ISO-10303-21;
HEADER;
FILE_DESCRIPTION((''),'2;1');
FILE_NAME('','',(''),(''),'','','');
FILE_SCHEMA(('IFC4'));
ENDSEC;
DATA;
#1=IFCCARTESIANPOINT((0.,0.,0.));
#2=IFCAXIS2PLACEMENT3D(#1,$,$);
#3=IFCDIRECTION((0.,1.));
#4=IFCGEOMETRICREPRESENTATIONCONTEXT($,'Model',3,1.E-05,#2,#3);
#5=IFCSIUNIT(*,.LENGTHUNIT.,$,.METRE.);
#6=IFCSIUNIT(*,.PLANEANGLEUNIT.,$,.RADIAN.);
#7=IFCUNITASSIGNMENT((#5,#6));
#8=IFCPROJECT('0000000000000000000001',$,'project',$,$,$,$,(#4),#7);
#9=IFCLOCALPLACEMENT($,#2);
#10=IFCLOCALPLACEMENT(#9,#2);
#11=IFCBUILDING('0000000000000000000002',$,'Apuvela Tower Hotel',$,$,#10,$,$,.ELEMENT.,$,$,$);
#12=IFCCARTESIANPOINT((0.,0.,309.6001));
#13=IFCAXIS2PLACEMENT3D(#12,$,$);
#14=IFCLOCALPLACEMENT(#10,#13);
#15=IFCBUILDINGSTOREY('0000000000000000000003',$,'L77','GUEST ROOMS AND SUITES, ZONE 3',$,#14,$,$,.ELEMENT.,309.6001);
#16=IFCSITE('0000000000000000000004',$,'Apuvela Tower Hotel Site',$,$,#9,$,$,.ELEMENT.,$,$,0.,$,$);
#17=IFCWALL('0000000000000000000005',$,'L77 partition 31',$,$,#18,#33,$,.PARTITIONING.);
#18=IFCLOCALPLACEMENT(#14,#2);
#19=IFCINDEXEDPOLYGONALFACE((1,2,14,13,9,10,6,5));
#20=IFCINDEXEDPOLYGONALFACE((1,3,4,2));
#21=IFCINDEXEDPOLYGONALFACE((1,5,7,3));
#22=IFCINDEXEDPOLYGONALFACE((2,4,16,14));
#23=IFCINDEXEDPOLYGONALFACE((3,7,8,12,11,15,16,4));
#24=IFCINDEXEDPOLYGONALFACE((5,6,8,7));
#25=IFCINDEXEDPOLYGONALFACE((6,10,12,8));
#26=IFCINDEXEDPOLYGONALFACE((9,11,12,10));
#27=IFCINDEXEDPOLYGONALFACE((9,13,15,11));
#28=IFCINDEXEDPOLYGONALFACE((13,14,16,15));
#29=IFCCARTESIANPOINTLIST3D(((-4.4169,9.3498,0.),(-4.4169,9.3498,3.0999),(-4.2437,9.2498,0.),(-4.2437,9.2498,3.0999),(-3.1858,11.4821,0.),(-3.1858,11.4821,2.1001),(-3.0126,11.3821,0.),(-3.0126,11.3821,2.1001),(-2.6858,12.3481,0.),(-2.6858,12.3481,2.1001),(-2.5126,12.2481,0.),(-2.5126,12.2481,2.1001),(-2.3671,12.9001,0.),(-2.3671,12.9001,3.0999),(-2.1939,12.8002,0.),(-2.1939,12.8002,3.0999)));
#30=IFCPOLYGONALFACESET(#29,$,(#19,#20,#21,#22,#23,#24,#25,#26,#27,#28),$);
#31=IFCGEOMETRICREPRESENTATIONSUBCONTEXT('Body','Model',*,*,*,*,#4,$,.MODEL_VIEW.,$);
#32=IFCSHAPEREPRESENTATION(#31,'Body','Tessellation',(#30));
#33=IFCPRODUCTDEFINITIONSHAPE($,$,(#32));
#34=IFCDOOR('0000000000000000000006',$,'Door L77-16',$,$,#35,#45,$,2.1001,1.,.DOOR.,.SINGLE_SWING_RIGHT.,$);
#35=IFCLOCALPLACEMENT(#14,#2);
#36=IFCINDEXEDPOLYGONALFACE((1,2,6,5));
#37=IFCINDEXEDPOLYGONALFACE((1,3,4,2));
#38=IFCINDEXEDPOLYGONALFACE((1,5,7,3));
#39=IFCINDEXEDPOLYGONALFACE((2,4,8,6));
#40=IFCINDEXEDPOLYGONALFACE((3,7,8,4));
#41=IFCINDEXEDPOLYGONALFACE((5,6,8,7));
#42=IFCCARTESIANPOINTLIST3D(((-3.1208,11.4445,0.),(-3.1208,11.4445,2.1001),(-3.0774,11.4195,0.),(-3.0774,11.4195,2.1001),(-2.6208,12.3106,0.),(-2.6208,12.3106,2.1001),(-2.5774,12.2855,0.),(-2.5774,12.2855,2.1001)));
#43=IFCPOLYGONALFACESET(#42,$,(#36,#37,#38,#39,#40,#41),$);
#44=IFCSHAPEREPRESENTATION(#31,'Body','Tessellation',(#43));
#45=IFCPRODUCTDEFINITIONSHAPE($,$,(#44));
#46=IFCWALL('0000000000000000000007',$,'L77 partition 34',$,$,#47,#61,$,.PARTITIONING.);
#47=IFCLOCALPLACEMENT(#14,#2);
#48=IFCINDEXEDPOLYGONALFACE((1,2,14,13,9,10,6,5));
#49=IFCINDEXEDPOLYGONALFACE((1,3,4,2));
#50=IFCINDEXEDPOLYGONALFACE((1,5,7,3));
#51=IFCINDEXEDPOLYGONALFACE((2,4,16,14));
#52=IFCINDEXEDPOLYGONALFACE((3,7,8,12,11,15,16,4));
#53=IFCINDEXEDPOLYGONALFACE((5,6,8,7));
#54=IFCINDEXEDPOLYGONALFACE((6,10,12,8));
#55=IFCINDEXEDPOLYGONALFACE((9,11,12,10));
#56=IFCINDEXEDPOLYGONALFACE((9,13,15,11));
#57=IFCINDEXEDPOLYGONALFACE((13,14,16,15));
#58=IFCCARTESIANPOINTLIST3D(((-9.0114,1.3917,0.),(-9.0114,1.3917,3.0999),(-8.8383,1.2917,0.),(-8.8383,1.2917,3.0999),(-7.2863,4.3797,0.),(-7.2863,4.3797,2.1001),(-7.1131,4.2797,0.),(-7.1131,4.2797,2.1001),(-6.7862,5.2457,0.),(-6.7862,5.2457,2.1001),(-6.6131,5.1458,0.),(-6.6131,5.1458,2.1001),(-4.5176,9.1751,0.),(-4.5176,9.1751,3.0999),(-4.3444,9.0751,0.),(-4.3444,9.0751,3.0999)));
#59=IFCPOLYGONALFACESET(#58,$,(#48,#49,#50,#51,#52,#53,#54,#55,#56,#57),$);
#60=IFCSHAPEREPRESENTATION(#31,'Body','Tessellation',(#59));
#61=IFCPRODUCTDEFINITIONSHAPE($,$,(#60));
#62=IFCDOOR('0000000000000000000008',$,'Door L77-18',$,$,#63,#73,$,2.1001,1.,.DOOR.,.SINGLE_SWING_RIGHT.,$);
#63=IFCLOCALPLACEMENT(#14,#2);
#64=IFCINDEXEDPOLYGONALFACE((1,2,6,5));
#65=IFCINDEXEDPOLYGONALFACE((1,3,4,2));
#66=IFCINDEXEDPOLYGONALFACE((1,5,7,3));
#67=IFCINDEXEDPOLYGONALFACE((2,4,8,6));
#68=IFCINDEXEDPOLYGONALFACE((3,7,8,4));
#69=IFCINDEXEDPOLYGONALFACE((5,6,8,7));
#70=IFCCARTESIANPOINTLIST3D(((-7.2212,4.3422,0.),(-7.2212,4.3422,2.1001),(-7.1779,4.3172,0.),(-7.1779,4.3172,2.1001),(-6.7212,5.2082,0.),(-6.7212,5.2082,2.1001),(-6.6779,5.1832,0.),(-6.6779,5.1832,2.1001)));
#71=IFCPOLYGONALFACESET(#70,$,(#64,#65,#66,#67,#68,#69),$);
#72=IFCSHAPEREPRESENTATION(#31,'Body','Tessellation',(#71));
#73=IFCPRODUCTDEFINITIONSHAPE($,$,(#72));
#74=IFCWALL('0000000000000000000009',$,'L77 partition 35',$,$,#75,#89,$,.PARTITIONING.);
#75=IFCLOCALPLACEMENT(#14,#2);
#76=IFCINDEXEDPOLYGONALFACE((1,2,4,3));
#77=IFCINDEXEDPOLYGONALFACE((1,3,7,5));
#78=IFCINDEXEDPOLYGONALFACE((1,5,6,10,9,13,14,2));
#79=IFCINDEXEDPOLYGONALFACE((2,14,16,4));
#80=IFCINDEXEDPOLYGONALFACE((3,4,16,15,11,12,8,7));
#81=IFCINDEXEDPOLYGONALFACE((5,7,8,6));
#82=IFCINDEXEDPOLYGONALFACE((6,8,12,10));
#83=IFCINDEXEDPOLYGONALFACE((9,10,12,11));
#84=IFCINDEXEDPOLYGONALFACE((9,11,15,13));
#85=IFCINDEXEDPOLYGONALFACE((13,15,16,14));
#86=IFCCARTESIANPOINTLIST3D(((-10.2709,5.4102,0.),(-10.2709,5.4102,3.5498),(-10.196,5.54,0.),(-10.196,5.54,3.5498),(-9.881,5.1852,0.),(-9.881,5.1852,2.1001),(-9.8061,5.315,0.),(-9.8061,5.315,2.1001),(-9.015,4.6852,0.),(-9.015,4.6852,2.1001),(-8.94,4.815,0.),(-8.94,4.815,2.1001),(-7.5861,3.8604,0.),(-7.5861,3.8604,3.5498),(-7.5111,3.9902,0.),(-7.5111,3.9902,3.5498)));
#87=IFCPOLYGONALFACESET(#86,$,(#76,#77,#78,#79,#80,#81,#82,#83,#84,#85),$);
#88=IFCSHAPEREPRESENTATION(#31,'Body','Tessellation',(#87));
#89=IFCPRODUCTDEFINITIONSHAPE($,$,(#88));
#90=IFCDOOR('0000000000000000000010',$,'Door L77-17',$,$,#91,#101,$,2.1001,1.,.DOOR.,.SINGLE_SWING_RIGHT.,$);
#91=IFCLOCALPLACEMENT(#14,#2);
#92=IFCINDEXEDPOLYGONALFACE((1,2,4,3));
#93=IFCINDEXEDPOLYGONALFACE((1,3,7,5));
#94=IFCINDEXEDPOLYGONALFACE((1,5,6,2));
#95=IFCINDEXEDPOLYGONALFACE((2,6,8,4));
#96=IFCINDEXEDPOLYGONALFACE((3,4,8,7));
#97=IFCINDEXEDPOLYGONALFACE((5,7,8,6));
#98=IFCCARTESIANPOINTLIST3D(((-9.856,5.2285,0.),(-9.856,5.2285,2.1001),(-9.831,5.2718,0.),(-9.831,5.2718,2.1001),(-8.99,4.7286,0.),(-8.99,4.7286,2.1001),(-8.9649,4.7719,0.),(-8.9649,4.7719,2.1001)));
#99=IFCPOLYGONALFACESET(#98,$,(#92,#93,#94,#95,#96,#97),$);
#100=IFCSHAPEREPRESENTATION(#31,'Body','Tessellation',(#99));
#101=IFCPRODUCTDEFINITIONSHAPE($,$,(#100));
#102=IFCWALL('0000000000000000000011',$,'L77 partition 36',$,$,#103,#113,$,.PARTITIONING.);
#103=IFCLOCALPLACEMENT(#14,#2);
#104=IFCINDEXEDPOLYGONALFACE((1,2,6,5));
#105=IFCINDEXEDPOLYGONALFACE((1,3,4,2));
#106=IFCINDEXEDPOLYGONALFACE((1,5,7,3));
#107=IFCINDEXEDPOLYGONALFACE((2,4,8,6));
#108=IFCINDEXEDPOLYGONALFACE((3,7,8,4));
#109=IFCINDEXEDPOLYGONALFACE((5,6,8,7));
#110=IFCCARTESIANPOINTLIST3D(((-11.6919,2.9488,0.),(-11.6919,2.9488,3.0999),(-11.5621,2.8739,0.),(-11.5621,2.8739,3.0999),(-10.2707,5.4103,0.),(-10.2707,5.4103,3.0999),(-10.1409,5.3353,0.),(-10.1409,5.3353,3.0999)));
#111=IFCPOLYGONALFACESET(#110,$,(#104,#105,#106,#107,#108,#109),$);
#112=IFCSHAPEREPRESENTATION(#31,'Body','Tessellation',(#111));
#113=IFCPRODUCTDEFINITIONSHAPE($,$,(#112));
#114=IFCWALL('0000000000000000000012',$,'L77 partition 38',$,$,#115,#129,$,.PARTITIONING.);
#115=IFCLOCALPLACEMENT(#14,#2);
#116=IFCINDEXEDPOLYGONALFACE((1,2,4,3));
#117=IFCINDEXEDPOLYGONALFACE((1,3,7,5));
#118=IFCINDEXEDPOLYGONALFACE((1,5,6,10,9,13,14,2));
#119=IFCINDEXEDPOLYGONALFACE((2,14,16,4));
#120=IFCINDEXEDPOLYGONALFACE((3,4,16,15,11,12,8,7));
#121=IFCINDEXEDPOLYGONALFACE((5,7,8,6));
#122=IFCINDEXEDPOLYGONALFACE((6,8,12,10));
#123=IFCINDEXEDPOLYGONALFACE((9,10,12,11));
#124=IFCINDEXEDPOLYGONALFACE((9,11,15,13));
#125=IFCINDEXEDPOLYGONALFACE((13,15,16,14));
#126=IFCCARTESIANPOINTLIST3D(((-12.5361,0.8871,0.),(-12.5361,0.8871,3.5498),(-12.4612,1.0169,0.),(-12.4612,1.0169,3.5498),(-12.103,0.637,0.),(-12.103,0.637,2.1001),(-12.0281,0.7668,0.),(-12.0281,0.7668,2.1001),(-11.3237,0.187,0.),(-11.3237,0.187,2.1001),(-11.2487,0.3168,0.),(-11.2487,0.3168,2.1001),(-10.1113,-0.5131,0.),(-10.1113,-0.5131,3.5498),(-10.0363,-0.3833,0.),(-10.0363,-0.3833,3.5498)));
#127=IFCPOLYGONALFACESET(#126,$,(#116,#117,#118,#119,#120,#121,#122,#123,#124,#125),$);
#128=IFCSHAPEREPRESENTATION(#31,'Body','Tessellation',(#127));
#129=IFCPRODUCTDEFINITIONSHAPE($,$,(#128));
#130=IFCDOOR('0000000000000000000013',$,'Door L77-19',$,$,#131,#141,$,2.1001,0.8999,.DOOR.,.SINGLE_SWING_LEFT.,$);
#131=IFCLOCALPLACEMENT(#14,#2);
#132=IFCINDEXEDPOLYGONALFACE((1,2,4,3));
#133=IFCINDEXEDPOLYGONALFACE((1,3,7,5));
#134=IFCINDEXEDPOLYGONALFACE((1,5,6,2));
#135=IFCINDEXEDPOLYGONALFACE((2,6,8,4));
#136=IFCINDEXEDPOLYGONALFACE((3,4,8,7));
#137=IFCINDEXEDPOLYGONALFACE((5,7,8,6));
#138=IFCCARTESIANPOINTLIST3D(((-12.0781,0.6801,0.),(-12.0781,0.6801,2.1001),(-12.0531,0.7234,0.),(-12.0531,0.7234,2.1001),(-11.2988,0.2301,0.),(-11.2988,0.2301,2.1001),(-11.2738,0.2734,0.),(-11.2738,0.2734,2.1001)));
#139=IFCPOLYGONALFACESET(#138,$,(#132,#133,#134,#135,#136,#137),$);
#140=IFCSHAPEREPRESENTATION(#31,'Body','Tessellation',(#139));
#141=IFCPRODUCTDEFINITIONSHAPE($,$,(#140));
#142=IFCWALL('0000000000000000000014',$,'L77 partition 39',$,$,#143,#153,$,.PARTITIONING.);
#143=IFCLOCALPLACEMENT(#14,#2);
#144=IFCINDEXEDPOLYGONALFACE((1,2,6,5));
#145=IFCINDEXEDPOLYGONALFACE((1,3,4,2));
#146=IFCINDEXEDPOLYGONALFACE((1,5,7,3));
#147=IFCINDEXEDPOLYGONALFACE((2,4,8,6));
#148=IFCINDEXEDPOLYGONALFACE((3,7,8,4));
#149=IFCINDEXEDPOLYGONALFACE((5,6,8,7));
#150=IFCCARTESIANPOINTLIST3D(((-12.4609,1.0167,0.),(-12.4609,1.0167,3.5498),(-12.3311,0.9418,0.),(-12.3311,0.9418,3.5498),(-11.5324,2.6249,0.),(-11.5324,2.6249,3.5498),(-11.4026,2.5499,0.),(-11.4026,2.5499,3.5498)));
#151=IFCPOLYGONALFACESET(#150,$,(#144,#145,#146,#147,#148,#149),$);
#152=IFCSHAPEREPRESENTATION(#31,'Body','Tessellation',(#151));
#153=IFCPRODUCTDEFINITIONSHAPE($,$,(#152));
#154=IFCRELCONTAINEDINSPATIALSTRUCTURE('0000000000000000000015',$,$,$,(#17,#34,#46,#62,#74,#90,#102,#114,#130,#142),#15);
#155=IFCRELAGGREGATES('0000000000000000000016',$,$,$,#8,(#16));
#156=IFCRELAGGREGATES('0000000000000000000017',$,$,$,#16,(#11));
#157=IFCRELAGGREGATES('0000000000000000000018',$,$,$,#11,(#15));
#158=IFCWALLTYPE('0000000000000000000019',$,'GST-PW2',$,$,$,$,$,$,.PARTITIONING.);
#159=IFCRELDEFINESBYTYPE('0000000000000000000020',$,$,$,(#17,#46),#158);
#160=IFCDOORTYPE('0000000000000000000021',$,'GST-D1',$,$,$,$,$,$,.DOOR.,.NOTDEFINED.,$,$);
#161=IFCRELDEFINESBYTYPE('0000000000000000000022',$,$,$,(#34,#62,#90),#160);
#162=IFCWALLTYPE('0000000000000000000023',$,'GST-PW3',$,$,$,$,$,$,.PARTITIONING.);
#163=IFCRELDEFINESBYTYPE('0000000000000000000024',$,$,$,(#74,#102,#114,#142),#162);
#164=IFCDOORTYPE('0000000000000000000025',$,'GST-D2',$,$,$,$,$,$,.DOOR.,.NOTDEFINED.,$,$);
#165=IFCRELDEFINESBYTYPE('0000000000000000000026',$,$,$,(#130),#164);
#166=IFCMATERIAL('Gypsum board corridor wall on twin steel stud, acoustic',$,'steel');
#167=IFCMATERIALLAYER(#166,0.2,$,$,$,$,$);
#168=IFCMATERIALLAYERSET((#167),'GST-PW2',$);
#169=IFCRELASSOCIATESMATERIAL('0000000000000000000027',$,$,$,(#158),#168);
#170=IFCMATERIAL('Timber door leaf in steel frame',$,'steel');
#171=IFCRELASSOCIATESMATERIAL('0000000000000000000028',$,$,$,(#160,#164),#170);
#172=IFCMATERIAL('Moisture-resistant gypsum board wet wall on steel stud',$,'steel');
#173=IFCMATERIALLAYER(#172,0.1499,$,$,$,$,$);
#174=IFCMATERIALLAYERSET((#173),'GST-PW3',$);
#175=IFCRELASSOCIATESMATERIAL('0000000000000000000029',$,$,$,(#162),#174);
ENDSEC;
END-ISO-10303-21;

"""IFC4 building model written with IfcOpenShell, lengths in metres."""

from ifc_helpers import new_model, si_unit, direction, frame, frame_2d, origin, place, context, subcontext, project, spatial, rectangle, extrude, material, layer, layer_set, type_object, element, fill, save


model = new_model("IFC4")

# Units and contexts
model_context = context("Model", 3, precision=1e-05, world=origin(), true_north=direction((0.0, 1.0)))
body_context = subcontext(model_context, "Body", "Model", "MODEL_VIEW")
ifc_project = project(units=[si_unit("LENGTHUNIT", "METRE"), si_unit("PLANEANGLEUNIT", "RADIAN")], contexts=[model_context])

# Site, building, storey
site_placement = place(None, origin())
site = spatial("IfcSite", under=ifc_project, at=site_placement, Name="Apuvela Tower Hotel Site", CompositionType="ELEMENT", RefElevation=0.0)
building_placement = place(site_placement, origin())
building = spatial("IfcBuilding", under=site, at=building_placement, Name="Apuvela Tower Hotel", CompositionType="ELEMENT")
storey_placement = place(building_placement, frame((0.0, 0.0, 309.6001)))
storey = spatial("IfcBuildingStorey", under=building, at=storey_placement, Name="L77", Description="GUEST ROOMS AND SUITES, ZONE 3", CompositionType="ELEMENT", Elevation=309.6001)

# Walls, openings, doors
ifc_material_1 = material(Name="Gypsum board corridor wall on twin steel stud, acoustic", Category="steel")
ifc_layer_1 = layer(ifc_material_1, 0.2)
ifc_layer_set_1 = layer_set([ifc_layer_1], Name="GST-PW2")
wall_type_1 = type_object("IfcWallType", Name="GST-PW2", PredefinedType="PARTITIONING", material=ifc_layer_set_1)
wall_1_placement = place(storey_placement, frame((-4.3303, 9.2998, 0.0), z_axis=(0.0, 0.0, 1.0), x_axis=(0.500008, 0.866021, 0.0)))
wall_1 = element("IfcWall", 1, at=wall_1_placement, inside=storey, type_object=wall_type_1, Name="L77 partition 31", PredefinedType="PARTITIONING", context=body_context, shape_type="SweptSolid", body=[
    extrude(rectangle(XDim=4.0996, YDim=0.2, at=frame_2d((2.0498, 0.0))), origin(), (0.0, 0.0, 1.0), 3.0999),
])
opening_1_placement = place(wall_1_placement, frame((2.4622, 0.0, 0.0)))
opening_1 = element("IfcOpeningElement", 2, at=opening_1_placement, cuts=wall_1, PredefinedType="OPENING", context=body_context, shape_type="SweptSolid", body=[
    extrude(rectangle(XDim=1.0, YDim=2.1001, at=frame_2d((0.5, 1.05))), frame((0.0, 0.1099, 0.0), z_axis=(0.0, -1.0, 0.0), x_axis=(1.0, 0.0, 0.0)), (0.0, 0.0, 1.0), 0.22),
])
ifc_material_2 = material(Name="Timber door leaf in steel frame", Category="steel")
door_type_1 = type_object("IfcDoorType", Name="GST-D1", OperationType="NOTDEFINED", PredefinedType="DOOR", material=ifc_material_2)
door_1_placement = place(opening_1_placement, origin())
door_1 = element("IfcDoor", 3, at=door_1_placement, inside=storey, type_object=door_type_1, Name="Door L77-16", OperationType="SINGLE_SWING_RIGHT", OverallHeight=2.1001, OverallWidth=1.0, PredefinedType="DOOR", context=body_context, shape_type="SweptSolid", body=[
    extrude(rectangle(XDim=1.0, YDim=2.1001, at=frame_2d((0.5, 1.05))), frame((0.0, 0.0249, 0.0), z_axis=(0.0, -1.0, 0.0), x_axis=(1.0, 0.0, 0.0)), (0.0, 0.0, 1.0), 0.05),
])
fill(opening_1, door_1)
wall_2_placement = place(storey_placement, frame((-8.9248, 1.3418, 0.0), z_axis=(0.0, 0.0, 1.0), x_axis=(0.50001, 0.86602, 0.0)))
wall_2 = element("IfcWall", 4, at=wall_2_placement, inside=storey, type_object=wall_type_1, Name="L77 partition 34", PredefinedType="PARTITIONING", context=body_context, shape_type="SweptSolid", body=[
    extrude(rectangle(XDim=8.9875, YDim=0.2, at=frame_2d((4.4937, 0.0))), origin(), (0.0, 0.0, 1.0), 3.0999),
])
opening_2_placement = place(wall_2_placement, frame((3.4502, 0.0, 0.0)))
opening_2 = element("IfcOpeningElement", 5, at=opening_2_placement, cuts=wall_2, PredefinedType="OPENING", context=body_context, shape_type="SweptSolid", body=[
    extrude(rectangle(XDim=1.0, YDim=2.1001, at=frame_2d((0.5, 1.05))), frame((0.0, 0.1099, 0.0), z_axis=(0.0, -1.0, 0.0), x_axis=(1.0, 0.0, 0.0)), (0.0, 0.0, 1.0), 0.22),
])
door_2_placement = place(opening_2_placement, origin())
door_2 = element("IfcDoor", 6, at=door_2_placement, inside=storey, type_object=door_type_1, Name="Door L77-18", OperationType="SINGLE_SWING_RIGHT", OverallHeight=2.1001, OverallWidth=1.0, PredefinedType="DOOR", context=body_context, shape_type="SweptSolid", body=[
    extrude(rectangle(XDim=1.0, YDim=2.1001, at=frame_2d((0.5, 1.05))), frame((0.0, 0.0249, 0.0), z_axis=(0.0, -1.0, 0.0), x_axis=(1.0, 0.0, 0.0)), (0.0, 0.0, 1.0), 0.05),
])
fill(opening_2, door_2)
ifc_material_3 = material(Name="Moisture-resistant gypsum board wet wall on steel stud", Category="steel")
ifc_layer_2 = layer(ifc_material_3, 0.1499)
ifc_layer_set_2 = layer_set([ifc_layer_2], Name="GST-PW3")
wall_type_2 = type_object("IfcWallType", Name="GST-PW3", PredefinedType="PARTITIONING", material=ifc_layer_set_2)
wall_3_placement = place(storey_placement, frame((-7.5486, 3.9253, 0.0), z_axis=(0.0, 0.0, 1.0), x_axis=(-0.866064, 0.499934, 0.0)))
wall_3 = element("IfcWall", 7, at=wall_3_placement, inside=storey, type_object=wall_type_2, Name="L77 partition 35", PredefinedType="PARTITIONING", context=body_context, shape_type="SweptSolid", body=[
    extrude(rectangle(XDim=3.1001, YDim=0.1499, at=frame_2d((1.55, 0.0))), origin(), (0.0, 0.0, 1.0), 3.5498),
])
opening_3_placement = place(wall_3_placement, frame((1.6499, 0.0, 0.0)))
opening_3 = element("IfcOpeningElement", 8, at=opening_3_placement, cuts=wall_3, PredefinedType="OPENING", context=body_context, shape_type="SweptSolid", body=[
    extrude(rectangle(XDim=1.0, YDim=2.1001, at=frame_2d((0.5, 1.05))), frame((0.0, 0.085, 0.0), z_axis=(0.0, -1.0, 0.0), x_axis=(1.0, 0.0, 0.0)), (0.0, 0.0, 1.0), 0.1699),
])
door_3_placement = place(opening_3_placement, origin())
door_3 = element("IfcDoor", 9, at=door_3_placement, inside=storey, type_object=door_type_1, Name="Door L77-17", OperationType="SINGLE_SWING_RIGHT", OverallHeight=2.1001, OverallWidth=1.0, PredefinedType="DOOR", context=body_context, shape_type="SweptSolid", body=[
    extrude(rectangle(XDim=1.0, YDim=2.1001, at=frame_2d((0.5, 1.05))), frame((0.0, 0.0249, 0.0), z_axis=(0.0, -1.0, 0.0), x_axis=(1.0, 0.0, 0.0)), (0.0, 0.0, 1.0), 0.05),
])
fill(opening_3, door_3)

# Wall
wall_4_placement = place(storey_placement, frame((-10.2058, 5.3728, 0.0), z_axis=(0.0, 0.0, 1.0), x_axis=(-0.50001, -0.86602, 0.0)))
element("IfcWall", 10, at=wall_4_placement, inside=storey, type_object=wall_type_2, Name="L77 partition 36", PredefinedType="PARTITIONING", context=body_context, shape_type="SweptSolid", body=[
    extrude(rectangle(XDim=2.8423, YDim=0.1499, at=frame_2d((1.4211, 0.0))), origin(), (0.0, 0.0, 1.0), 3.0999),
])

# Wall, opening, door
wall_5_placement = place(storey_placement, frame((-12.4985, 0.9519, 0.0), z_axis=(0.0, 0.0, 1.0), x_axis=(0.865997, -0.50005, 0.0)))
wall_5 = element("IfcWall", 11, at=wall_5_placement, inside=storey, type_object=wall_type_2, Name="L77 partition 38", PredefinedType="PARTITIONING", context=body_context, shape_type="SweptSolid", body=[
    extrude(rectangle(XDim=2.8, YDim=0.1499, at=frame_2d((1.3999, 0.0))), origin(), (0.0, 0.0, 1.0), 3.5498),
])
opening_4_placement = place(wall_5_placement, frame((0.5, 0.0, 0.0)))
opening_4 = element("IfcOpeningElement", 12, at=opening_4_placement, cuts=wall_5, PredefinedType="OPENING", context=body_context, shape_type="SweptSolid", body=[
    extrude(rectangle(XDim=0.8999, YDim=2.1001, at=frame_2d((0.45, 1.05))), frame((0.0, 0.085, 0.0), z_axis=(0.0, -1.0, 0.0), x_axis=(1.0, 0.0, 0.0)), (0.0, 0.0, 1.0), 0.1699),
])
door_type_2 = type_object("IfcDoorType", Name="GST-D2", OperationType="NOTDEFINED", PredefinedType="DOOR", material=ifc_material_2)
door_4_placement = place(opening_4_placement, origin())
door_4 = element("IfcDoor", 13, at=door_4_placement, inside=storey, type_object=door_type_2, Name="Door L77-19", OperationType="SINGLE_SWING_LEFT", OverallHeight=2.1001, OverallWidth=0.8999, PredefinedType="DOOR", context=body_context, shape_type="SweptSolid", body=[
    extrude(rectangle(XDim=0.8999, YDim=2.1001, at=frame_2d((0.45, 1.05))), frame((0.0, 0.0249, 0.0), z_axis=(0.0, -1.0, 0.0), x_axis=(1.0, 0.0, 0.0)), (0.0, 0.0, 1.0), 0.05),
])
fill(opening_4, door_4)

# Wall
wall_6_placement = place(storey_placement, frame((-11.4675, 2.5874, 0.0), z_axis=(0.0, 0.0, 1.0), x_axis=(-0.499999, -0.866026, 0.0)))
element("IfcWall", 14, at=wall_6_placement, inside=storey, type_object=wall_type_2, Name="L77 partition 39", PredefinedType="PARTITIONING", context=body_context, shape_type="SweptSolid", body=[
    extrude(rectangle(XDim=1.8569, YDim=0.1499, at=frame_2d((0.9285, 0.0))), origin(), (0.0, 0.0, 1.0), 3.5498),
])

save(model, "model.ifc")
